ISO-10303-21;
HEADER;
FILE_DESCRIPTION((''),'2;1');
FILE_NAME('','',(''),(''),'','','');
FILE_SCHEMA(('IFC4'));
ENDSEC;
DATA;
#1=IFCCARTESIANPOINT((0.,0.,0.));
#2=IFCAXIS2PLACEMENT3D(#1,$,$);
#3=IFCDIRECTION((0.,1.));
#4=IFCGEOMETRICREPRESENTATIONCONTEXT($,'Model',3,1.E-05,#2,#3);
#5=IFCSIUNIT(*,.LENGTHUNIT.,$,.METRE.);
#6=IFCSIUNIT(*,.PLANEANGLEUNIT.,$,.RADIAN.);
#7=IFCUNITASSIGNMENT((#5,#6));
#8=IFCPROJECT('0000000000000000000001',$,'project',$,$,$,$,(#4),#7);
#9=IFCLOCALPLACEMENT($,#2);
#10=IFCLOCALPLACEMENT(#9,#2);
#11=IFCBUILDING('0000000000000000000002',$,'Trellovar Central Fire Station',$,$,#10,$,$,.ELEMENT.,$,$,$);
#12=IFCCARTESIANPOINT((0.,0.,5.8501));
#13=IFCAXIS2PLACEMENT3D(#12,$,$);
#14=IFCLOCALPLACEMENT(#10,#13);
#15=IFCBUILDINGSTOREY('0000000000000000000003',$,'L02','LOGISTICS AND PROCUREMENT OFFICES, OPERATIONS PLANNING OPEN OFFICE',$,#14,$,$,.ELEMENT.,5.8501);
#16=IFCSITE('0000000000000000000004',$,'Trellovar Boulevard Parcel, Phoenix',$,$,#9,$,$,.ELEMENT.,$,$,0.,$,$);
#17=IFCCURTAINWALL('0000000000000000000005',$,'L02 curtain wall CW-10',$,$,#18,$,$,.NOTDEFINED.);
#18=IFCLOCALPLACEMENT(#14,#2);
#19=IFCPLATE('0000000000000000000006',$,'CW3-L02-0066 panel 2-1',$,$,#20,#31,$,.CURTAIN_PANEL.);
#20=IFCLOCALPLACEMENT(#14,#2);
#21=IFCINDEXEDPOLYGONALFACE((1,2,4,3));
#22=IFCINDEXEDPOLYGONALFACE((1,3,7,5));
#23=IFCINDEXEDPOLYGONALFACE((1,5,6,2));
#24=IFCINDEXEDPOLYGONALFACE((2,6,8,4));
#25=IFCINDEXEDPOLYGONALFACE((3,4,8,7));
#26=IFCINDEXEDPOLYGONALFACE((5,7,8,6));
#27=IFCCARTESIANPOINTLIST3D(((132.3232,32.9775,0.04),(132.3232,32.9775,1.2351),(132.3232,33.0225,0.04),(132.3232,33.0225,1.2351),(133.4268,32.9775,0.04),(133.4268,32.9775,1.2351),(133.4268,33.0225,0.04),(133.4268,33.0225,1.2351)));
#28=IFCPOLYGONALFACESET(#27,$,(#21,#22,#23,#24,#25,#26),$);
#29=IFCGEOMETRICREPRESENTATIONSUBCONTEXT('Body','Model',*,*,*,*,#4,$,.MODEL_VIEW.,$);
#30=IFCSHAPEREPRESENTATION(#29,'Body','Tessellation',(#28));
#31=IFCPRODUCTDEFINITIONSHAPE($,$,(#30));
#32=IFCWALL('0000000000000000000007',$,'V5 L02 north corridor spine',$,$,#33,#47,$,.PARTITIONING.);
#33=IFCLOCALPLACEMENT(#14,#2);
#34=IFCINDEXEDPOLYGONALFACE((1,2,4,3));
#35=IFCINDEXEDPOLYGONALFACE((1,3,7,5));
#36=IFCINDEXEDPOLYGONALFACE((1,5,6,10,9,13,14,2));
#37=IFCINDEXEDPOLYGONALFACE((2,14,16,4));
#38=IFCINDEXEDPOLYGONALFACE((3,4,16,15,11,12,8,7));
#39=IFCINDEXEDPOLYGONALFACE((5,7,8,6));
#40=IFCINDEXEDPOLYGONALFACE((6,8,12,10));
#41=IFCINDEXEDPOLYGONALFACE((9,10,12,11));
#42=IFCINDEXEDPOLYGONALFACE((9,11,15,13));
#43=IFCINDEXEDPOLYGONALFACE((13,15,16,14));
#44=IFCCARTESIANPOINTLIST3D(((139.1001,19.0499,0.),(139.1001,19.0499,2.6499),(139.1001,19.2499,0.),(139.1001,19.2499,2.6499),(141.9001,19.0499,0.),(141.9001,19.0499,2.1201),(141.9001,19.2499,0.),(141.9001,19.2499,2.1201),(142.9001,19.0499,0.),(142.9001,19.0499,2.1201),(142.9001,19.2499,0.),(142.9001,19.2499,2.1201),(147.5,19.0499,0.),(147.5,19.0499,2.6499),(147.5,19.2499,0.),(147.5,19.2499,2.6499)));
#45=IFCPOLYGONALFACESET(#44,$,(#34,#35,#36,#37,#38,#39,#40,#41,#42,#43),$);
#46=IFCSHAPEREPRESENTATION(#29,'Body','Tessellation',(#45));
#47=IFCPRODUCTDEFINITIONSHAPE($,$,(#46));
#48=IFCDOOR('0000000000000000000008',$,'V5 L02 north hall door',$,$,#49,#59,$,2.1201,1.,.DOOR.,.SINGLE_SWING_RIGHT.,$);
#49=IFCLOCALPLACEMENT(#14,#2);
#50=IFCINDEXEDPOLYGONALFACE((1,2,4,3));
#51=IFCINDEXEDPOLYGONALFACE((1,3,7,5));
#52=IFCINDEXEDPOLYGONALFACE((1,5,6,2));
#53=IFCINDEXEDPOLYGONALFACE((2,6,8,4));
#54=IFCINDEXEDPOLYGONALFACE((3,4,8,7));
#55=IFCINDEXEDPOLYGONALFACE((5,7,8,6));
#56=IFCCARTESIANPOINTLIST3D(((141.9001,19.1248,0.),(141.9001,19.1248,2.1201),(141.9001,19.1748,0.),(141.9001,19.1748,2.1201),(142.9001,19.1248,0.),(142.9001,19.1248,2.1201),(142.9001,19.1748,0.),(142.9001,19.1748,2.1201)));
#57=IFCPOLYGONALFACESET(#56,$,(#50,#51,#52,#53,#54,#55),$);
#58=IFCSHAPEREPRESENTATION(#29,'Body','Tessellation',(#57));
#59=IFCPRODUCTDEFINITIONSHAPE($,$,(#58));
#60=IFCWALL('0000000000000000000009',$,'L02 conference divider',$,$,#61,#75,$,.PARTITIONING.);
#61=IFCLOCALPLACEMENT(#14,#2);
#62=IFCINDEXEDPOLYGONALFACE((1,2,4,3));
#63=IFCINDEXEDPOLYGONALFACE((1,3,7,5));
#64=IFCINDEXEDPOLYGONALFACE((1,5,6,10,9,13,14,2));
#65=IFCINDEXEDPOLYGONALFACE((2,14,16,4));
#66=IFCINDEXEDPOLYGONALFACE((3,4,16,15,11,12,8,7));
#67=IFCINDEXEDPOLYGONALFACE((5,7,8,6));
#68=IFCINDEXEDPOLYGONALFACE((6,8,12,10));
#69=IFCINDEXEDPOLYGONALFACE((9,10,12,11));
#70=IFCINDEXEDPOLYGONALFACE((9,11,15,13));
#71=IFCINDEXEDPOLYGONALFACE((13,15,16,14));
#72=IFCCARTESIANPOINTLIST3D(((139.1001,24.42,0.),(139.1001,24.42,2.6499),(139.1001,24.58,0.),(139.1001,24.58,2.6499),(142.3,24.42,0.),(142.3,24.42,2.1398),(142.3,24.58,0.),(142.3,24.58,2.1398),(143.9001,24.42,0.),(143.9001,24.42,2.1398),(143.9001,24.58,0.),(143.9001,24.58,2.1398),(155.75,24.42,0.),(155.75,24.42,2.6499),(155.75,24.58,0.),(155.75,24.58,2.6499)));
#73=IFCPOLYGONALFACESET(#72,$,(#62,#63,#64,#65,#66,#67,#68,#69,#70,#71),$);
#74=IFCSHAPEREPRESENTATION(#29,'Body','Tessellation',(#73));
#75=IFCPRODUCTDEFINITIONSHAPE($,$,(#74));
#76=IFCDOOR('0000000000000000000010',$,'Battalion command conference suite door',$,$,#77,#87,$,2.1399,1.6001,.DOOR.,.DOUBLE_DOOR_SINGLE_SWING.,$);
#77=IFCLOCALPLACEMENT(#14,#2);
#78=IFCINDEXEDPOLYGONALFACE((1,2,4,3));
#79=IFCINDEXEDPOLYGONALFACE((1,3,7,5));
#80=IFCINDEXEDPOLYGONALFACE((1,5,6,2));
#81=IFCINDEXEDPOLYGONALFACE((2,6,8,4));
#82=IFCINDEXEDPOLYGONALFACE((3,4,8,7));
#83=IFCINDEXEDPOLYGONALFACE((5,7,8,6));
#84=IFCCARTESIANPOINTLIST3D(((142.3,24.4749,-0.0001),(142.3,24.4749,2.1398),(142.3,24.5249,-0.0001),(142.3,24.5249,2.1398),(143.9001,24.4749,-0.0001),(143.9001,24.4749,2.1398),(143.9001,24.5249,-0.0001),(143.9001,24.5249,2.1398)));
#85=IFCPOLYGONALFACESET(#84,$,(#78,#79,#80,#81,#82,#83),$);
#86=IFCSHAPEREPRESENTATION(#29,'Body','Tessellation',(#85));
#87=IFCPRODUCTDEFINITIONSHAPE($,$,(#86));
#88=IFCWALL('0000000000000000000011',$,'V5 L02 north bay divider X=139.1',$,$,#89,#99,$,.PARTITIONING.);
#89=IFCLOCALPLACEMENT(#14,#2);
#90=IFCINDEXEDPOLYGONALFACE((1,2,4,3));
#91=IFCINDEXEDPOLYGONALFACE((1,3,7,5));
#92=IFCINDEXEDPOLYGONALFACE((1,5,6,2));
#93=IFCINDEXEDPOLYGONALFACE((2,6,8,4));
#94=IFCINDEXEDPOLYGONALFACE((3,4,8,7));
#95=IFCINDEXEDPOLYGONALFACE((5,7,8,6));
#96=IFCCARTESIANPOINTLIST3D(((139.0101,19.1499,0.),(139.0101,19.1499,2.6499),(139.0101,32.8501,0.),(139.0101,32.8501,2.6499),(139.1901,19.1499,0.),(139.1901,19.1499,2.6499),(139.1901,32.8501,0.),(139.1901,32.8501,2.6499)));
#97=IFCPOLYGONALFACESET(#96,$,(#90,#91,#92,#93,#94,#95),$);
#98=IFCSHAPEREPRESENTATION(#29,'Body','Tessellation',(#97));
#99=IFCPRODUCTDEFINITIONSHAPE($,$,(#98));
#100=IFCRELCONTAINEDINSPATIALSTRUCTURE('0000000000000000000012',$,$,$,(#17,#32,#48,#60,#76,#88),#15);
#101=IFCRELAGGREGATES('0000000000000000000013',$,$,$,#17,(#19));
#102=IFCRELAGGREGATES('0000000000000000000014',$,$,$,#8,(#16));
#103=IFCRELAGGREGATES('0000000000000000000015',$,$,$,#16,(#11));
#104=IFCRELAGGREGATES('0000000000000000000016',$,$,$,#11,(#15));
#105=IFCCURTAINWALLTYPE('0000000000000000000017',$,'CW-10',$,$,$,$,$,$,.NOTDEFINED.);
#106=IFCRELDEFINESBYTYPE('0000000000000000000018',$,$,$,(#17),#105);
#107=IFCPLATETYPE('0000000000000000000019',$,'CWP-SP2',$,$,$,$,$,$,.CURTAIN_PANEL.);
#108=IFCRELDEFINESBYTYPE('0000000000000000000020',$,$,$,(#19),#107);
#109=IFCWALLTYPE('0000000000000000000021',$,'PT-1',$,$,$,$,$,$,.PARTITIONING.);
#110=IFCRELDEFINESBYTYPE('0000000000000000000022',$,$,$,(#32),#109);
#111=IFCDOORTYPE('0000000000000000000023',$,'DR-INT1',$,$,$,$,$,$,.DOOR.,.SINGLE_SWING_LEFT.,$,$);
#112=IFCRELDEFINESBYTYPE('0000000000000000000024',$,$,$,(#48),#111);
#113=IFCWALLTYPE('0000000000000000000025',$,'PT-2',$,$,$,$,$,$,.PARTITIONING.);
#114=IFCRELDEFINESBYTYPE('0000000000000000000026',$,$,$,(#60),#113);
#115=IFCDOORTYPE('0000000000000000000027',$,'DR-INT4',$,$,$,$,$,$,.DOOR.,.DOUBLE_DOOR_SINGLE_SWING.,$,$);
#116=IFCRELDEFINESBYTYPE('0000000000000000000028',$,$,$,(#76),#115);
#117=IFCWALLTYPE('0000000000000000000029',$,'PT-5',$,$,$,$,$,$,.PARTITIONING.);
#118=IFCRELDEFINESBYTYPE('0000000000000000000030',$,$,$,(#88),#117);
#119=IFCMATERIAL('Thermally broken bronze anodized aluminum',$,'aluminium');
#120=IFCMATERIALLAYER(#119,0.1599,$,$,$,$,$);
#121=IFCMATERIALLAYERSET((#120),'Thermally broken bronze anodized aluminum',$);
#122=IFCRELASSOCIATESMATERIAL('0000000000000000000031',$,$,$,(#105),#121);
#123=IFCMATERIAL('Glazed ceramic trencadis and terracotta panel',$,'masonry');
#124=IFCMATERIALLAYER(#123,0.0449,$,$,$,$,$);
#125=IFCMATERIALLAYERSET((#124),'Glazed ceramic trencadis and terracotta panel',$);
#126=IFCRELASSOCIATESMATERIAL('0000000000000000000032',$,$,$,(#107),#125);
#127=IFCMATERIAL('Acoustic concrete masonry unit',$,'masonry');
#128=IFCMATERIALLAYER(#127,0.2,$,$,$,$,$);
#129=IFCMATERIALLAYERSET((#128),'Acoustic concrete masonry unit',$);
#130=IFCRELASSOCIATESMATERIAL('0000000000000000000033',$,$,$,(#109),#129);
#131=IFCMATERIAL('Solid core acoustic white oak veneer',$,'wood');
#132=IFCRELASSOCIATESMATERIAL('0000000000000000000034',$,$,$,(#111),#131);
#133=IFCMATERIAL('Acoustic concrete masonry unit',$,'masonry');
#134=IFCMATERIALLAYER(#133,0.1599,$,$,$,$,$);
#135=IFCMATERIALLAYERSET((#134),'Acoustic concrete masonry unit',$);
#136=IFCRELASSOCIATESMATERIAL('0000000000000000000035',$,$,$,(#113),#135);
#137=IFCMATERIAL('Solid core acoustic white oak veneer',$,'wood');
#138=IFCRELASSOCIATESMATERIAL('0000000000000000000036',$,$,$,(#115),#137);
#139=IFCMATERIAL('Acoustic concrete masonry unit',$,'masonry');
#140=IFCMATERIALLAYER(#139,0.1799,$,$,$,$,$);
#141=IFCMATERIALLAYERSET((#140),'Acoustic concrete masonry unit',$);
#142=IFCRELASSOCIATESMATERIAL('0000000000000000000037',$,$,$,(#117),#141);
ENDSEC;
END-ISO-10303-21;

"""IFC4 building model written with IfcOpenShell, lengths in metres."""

from ifc_helpers import new_model, si_unit, direction, frame, frame_2d, origin, origin_2d, place, context, subcontext, project, spatial, rectangle, extrude, material, layer, layer_set, type_object, element, fill, aggregate, save


model = new_model("IFC4")

# Units and contexts
model_context = context("Model", 3, precision=1e-05, world=origin(), true_north=direction((0.0, 1.0)))
body_context = subcontext(model_context, "Body", "Model", "MODEL_VIEW")
ifc_project = project(units=[si_unit("LENGTHUNIT", "METRE"), si_unit("PLANEANGLEUNIT", "RADIAN")], contexts=[model_context])

# Site, building, storey
site_placement = place(None, origin())
site = spatial("IfcSite", under=ifc_project, at=site_placement, Name="Trellovar Boulevard Parcel, Phoenix", CompositionType="ELEMENT", RefElevation=0.0)
building_placement = place(site_placement, origin())
building = spatial("IfcBuilding", under=site, at=building_placement, Name="Trellovar Central Fire Station", CompositionType="ELEMENT")
storey_placement = place(building_placement, frame((0.0, 0.0, 5.8501)))
storey = spatial("IfcBuildingStorey", under=building, at=storey_placement, Name="L02", Description="LOGISTICS AND PROCUREMENT OFFICES, OPERATIONS PLANNING OPEN OFFICE", CompositionType="ELEMENT", Elevation=5.8501)

# Curtain wall, plate
ifc_material_1 = material(Name="Thermally broken bronze anodized aluminum", Category="aluminium")
ifc_layer_1 = layer(ifc_material_1, 0.1599)
ifc_layer_set_1 = layer_set([ifc_layer_1], Name="Thermally broken bronze anodized aluminum")
curtain_wall_type = type_object("IfcCurtainWallType", Name="CW-10", PredefinedType="NOTDEFINED", material=ifc_layer_set_1)
curtain_wall_placement = place(storey_placement, origin())
curtain_wall = element("IfcCurtainWall", 1, at=curtain_wall_placement, inside=storey, type_object=curtain_wall_type, Name="L02 curtain wall CW-10", PredefinedType="NOTDEFINED")
ifc_material_2 = material(Name="Glazed ceramic trencadis and terracotta panel", Category="masonry")
ifc_layer_2 = layer(ifc_material_2, 0.0449)
ifc_layer_set_2 = layer_set([ifc_layer_2], Name="Glazed ceramic trencadis and terracotta panel")
plate_type_1 = type_object("IfcPlateType", Name="CWP-SP2", PredefinedType="CURTAIN_PANEL", material=ifc_layer_set_2)
plate_1_placement = place(storey_placement, frame((132.875, 33.0, 0.04), z_axis=(0.0, 0.0, 1.0), x_axis=(-1.0, 0.0, 0.0)))
plate_1 = element("IfcPlate", 2, at=plate_1_placement, type_object=plate_type_1, Name="CW3-L02-0066 panel 2-1", PredefinedType="CURTAIN_PANEL", context=body_context, shape_type="SweptSolid", body=[
    extrude(rectangle(XDim=1.1035, YDim=0.0449, at=origin_2d()), origin(), (0.0, 0.0, 1.0), 1.1951),
])
aggregate(curtain_wall, [plate_1])

# Walls, openings, doors
ifc_material_3 = material(Name="Acoustic concrete masonry unit", Category="masonry")
ifc_layer_3 = layer(ifc_material_3, 0.2)
ifc_layer_set_3 = layer_set([ifc_layer_3], Name="Acoustic concrete masonry unit")
wall_type_1 = type_object("IfcWallType", Name="PT-1", PredefinedType="PARTITIONING", material=ifc_layer_set_3)
wall_1_placement = place(storey_placement, frame((139.1001, 19.1499, 0.0), z_axis=(0.0, 0.0, 1.0), x_axis=(1.0, 0.0, 0.0)))
wall_1 = element("IfcWall", 3, at=wall_1_placement, inside=storey, type_object=wall_type_1, Name="V5 L02 north corridor spine", PredefinedType="PARTITIONING", context=body_context, shape_type="SweptSolid", body=[
    extrude(rectangle(XDim=8.3999, YDim=0.2, at=frame_2d((4.2, 0.0))), origin(), (0.0, 0.0, 1.0), 2.6499),
])
opening_1_placement = place(wall_1_placement, frame((2.8, 0.0, 0.0)))
opening_1 = element("IfcOpeningElement", 4, at=opening_1_placement, cuts=wall_1, PredefinedType="OPENING", context=body_context, shape_type="SweptSolid", body=[
    extrude(rectangle(XDim=1.0, YDim=2.1201, at=frame_2d((0.5, 1.0601))), frame((0.0, 0.1099, 0.0), z_axis=(0.0, -1.0, 0.0), x_axis=(1.0, 0.0, 0.0)), (0.0, 0.0, 1.0), 0.22),
])
ifc_material_4 = material(Name="Solid core acoustic white oak veneer", Category="wood")
door_type_1 = type_object("IfcDoorType", Name="DR-INT1", OperationType="SINGLE_SWING_LEFT", PredefinedType="DOOR", material=ifc_material_4)
door_1_placement = place(opening_1_placement, origin())
door_1 = element("IfcDoor", 5, at=door_1_placement, inside=storey, type_object=door_type_1, Name="V5 L02 north hall door", OperationType="SINGLE_SWING_RIGHT", OverallHeight=2.1201, OverallWidth=1.0, PredefinedType="DOOR", context=body_context, shape_type="SweptSolid", body=[
    extrude(rectangle(XDim=1.0, YDim=2.1201, at=frame_2d((0.5, 1.0601))), frame((0.0, 0.0249, 0.0), z_axis=(0.0, -1.0, 0.0), x_axis=(1.0, 0.0, 0.0)), (0.0, 0.0, 1.0), 0.05),
])
fill(opening_1, door_1)
ifc_material_5 = material(Name="Acoustic concrete masonry unit", Category="masonry")
ifc_layer_4 = layer(ifc_material_5, 0.1599)
ifc_layer_set_4 = layer_set([ifc_layer_4], Name="Acoustic concrete masonry unit")
wall_type_2 = type_object("IfcWallType", Name="PT-2", PredefinedType="PARTITIONING", material=ifc_layer_set_4)
wall_2_placement = place(storey_placement, frame((139.1001, 24.5, 0.0), z_axis=(0.0, 0.0, 1.0), x_axis=(1.0, 0.0, 0.0)))
wall_2 = element("IfcWall", 6, at=wall_2_placement, inside=storey, type_object=wall_type_2, Name="L02 conference divider", PredefinedType="PARTITIONING", context=body_context, shape_type="SweptSolid", body=[
    extrude(rectangle(XDim=16.6499, YDim=0.1599, at=frame_2d((8.325, 0.0))), origin(), (0.0, 0.0, 1.0), 2.6499),
])
opening_2_placement = place(wall_2_placement, frame((3.2, 0.0, 0.0)))
opening_2 = element("IfcOpeningElement", 7, at=opening_2_placement, cuts=wall_2, PredefinedType="OPENING", context=body_context, shape_type="SweptSolid", body=[
    extrude(rectangle(XDim=1.6001, YDim=2.1399, at=frame_2d((0.8, 1.0698))), frame((0.0, 0.0898, 0.0), z_axis=(0.0, -1.0, 0.0), x_axis=(1.0, 0.0, 0.0)), (0.0, 0.0, 1.0), 0.1799),
])
ifc_material_6 = material(Name="Solid core acoustic white oak veneer", Category="wood")
door_type_2 = type_object("IfcDoorType", Name="DR-INT4", OperationType="DOUBLE_DOOR_SINGLE_SWING", PredefinedType="DOOR", material=ifc_material_6)
door_2_placement = place(opening_2_placement, origin())
door_2 = element("IfcDoor", 8, at=door_2_placement, inside=storey, type_object=door_type_2, Name="Battalion command conference suite door", OperationType="DOUBLE_DOOR_SINGLE_SWING", OverallHeight=2.1399, OverallWidth=1.6001, PredefinedType="DOOR", context=body_context, shape_type="SweptSolid", body=[
    extrude(rectangle(XDim=1.6001, YDim=2.1399, at=frame_2d((0.8, 1.0698))), frame((0.0, 0.0249, 0.0), z_axis=(0.0, -1.0, 0.0), x_axis=(1.0, 0.0, 0.0)), (0.0, 0.0, 1.0), 0.05),
])
fill(opening_2, door_2)

# Wall
ifc_material_7 = material(Name="Acoustic concrete masonry unit", Category="masonry")
ifc_layer_5 = layer(ifc_material_7, 0.1799)
ifc_layer_set_5 = layer_set([ifc_layer_5], Name="Acoustic concrete masonry unit")
wall_type_3 = type_object("IfcWallType", Name="PT-5", PredefinedType="PARTITIONING", material=ifc_layer_set_5)
wall_3_placement = place(storey_placement, frame((139.1001, 19.1499, 0.0), z_axis=(0.0, 0.0, 1.0), x_axis=(0.0, 1.0, 0.0)))
element("IfcWall", 9, at=wall_3_placement, inside=storey, type_object=wall_type_3, Name="V5 L02 north bay divider X=139.1", PredefinedType="PARTITIONING", context=body_context, shape_type="SweptSolid", body=[
    extrude(rectangle(XDim=13.7002, YDim=0.1799, at=frame_2d((6.8501, 0.0))), origin(), (0.0, 0.0, 1.0), 2.6499),
])

save(model, "model.ifc")
